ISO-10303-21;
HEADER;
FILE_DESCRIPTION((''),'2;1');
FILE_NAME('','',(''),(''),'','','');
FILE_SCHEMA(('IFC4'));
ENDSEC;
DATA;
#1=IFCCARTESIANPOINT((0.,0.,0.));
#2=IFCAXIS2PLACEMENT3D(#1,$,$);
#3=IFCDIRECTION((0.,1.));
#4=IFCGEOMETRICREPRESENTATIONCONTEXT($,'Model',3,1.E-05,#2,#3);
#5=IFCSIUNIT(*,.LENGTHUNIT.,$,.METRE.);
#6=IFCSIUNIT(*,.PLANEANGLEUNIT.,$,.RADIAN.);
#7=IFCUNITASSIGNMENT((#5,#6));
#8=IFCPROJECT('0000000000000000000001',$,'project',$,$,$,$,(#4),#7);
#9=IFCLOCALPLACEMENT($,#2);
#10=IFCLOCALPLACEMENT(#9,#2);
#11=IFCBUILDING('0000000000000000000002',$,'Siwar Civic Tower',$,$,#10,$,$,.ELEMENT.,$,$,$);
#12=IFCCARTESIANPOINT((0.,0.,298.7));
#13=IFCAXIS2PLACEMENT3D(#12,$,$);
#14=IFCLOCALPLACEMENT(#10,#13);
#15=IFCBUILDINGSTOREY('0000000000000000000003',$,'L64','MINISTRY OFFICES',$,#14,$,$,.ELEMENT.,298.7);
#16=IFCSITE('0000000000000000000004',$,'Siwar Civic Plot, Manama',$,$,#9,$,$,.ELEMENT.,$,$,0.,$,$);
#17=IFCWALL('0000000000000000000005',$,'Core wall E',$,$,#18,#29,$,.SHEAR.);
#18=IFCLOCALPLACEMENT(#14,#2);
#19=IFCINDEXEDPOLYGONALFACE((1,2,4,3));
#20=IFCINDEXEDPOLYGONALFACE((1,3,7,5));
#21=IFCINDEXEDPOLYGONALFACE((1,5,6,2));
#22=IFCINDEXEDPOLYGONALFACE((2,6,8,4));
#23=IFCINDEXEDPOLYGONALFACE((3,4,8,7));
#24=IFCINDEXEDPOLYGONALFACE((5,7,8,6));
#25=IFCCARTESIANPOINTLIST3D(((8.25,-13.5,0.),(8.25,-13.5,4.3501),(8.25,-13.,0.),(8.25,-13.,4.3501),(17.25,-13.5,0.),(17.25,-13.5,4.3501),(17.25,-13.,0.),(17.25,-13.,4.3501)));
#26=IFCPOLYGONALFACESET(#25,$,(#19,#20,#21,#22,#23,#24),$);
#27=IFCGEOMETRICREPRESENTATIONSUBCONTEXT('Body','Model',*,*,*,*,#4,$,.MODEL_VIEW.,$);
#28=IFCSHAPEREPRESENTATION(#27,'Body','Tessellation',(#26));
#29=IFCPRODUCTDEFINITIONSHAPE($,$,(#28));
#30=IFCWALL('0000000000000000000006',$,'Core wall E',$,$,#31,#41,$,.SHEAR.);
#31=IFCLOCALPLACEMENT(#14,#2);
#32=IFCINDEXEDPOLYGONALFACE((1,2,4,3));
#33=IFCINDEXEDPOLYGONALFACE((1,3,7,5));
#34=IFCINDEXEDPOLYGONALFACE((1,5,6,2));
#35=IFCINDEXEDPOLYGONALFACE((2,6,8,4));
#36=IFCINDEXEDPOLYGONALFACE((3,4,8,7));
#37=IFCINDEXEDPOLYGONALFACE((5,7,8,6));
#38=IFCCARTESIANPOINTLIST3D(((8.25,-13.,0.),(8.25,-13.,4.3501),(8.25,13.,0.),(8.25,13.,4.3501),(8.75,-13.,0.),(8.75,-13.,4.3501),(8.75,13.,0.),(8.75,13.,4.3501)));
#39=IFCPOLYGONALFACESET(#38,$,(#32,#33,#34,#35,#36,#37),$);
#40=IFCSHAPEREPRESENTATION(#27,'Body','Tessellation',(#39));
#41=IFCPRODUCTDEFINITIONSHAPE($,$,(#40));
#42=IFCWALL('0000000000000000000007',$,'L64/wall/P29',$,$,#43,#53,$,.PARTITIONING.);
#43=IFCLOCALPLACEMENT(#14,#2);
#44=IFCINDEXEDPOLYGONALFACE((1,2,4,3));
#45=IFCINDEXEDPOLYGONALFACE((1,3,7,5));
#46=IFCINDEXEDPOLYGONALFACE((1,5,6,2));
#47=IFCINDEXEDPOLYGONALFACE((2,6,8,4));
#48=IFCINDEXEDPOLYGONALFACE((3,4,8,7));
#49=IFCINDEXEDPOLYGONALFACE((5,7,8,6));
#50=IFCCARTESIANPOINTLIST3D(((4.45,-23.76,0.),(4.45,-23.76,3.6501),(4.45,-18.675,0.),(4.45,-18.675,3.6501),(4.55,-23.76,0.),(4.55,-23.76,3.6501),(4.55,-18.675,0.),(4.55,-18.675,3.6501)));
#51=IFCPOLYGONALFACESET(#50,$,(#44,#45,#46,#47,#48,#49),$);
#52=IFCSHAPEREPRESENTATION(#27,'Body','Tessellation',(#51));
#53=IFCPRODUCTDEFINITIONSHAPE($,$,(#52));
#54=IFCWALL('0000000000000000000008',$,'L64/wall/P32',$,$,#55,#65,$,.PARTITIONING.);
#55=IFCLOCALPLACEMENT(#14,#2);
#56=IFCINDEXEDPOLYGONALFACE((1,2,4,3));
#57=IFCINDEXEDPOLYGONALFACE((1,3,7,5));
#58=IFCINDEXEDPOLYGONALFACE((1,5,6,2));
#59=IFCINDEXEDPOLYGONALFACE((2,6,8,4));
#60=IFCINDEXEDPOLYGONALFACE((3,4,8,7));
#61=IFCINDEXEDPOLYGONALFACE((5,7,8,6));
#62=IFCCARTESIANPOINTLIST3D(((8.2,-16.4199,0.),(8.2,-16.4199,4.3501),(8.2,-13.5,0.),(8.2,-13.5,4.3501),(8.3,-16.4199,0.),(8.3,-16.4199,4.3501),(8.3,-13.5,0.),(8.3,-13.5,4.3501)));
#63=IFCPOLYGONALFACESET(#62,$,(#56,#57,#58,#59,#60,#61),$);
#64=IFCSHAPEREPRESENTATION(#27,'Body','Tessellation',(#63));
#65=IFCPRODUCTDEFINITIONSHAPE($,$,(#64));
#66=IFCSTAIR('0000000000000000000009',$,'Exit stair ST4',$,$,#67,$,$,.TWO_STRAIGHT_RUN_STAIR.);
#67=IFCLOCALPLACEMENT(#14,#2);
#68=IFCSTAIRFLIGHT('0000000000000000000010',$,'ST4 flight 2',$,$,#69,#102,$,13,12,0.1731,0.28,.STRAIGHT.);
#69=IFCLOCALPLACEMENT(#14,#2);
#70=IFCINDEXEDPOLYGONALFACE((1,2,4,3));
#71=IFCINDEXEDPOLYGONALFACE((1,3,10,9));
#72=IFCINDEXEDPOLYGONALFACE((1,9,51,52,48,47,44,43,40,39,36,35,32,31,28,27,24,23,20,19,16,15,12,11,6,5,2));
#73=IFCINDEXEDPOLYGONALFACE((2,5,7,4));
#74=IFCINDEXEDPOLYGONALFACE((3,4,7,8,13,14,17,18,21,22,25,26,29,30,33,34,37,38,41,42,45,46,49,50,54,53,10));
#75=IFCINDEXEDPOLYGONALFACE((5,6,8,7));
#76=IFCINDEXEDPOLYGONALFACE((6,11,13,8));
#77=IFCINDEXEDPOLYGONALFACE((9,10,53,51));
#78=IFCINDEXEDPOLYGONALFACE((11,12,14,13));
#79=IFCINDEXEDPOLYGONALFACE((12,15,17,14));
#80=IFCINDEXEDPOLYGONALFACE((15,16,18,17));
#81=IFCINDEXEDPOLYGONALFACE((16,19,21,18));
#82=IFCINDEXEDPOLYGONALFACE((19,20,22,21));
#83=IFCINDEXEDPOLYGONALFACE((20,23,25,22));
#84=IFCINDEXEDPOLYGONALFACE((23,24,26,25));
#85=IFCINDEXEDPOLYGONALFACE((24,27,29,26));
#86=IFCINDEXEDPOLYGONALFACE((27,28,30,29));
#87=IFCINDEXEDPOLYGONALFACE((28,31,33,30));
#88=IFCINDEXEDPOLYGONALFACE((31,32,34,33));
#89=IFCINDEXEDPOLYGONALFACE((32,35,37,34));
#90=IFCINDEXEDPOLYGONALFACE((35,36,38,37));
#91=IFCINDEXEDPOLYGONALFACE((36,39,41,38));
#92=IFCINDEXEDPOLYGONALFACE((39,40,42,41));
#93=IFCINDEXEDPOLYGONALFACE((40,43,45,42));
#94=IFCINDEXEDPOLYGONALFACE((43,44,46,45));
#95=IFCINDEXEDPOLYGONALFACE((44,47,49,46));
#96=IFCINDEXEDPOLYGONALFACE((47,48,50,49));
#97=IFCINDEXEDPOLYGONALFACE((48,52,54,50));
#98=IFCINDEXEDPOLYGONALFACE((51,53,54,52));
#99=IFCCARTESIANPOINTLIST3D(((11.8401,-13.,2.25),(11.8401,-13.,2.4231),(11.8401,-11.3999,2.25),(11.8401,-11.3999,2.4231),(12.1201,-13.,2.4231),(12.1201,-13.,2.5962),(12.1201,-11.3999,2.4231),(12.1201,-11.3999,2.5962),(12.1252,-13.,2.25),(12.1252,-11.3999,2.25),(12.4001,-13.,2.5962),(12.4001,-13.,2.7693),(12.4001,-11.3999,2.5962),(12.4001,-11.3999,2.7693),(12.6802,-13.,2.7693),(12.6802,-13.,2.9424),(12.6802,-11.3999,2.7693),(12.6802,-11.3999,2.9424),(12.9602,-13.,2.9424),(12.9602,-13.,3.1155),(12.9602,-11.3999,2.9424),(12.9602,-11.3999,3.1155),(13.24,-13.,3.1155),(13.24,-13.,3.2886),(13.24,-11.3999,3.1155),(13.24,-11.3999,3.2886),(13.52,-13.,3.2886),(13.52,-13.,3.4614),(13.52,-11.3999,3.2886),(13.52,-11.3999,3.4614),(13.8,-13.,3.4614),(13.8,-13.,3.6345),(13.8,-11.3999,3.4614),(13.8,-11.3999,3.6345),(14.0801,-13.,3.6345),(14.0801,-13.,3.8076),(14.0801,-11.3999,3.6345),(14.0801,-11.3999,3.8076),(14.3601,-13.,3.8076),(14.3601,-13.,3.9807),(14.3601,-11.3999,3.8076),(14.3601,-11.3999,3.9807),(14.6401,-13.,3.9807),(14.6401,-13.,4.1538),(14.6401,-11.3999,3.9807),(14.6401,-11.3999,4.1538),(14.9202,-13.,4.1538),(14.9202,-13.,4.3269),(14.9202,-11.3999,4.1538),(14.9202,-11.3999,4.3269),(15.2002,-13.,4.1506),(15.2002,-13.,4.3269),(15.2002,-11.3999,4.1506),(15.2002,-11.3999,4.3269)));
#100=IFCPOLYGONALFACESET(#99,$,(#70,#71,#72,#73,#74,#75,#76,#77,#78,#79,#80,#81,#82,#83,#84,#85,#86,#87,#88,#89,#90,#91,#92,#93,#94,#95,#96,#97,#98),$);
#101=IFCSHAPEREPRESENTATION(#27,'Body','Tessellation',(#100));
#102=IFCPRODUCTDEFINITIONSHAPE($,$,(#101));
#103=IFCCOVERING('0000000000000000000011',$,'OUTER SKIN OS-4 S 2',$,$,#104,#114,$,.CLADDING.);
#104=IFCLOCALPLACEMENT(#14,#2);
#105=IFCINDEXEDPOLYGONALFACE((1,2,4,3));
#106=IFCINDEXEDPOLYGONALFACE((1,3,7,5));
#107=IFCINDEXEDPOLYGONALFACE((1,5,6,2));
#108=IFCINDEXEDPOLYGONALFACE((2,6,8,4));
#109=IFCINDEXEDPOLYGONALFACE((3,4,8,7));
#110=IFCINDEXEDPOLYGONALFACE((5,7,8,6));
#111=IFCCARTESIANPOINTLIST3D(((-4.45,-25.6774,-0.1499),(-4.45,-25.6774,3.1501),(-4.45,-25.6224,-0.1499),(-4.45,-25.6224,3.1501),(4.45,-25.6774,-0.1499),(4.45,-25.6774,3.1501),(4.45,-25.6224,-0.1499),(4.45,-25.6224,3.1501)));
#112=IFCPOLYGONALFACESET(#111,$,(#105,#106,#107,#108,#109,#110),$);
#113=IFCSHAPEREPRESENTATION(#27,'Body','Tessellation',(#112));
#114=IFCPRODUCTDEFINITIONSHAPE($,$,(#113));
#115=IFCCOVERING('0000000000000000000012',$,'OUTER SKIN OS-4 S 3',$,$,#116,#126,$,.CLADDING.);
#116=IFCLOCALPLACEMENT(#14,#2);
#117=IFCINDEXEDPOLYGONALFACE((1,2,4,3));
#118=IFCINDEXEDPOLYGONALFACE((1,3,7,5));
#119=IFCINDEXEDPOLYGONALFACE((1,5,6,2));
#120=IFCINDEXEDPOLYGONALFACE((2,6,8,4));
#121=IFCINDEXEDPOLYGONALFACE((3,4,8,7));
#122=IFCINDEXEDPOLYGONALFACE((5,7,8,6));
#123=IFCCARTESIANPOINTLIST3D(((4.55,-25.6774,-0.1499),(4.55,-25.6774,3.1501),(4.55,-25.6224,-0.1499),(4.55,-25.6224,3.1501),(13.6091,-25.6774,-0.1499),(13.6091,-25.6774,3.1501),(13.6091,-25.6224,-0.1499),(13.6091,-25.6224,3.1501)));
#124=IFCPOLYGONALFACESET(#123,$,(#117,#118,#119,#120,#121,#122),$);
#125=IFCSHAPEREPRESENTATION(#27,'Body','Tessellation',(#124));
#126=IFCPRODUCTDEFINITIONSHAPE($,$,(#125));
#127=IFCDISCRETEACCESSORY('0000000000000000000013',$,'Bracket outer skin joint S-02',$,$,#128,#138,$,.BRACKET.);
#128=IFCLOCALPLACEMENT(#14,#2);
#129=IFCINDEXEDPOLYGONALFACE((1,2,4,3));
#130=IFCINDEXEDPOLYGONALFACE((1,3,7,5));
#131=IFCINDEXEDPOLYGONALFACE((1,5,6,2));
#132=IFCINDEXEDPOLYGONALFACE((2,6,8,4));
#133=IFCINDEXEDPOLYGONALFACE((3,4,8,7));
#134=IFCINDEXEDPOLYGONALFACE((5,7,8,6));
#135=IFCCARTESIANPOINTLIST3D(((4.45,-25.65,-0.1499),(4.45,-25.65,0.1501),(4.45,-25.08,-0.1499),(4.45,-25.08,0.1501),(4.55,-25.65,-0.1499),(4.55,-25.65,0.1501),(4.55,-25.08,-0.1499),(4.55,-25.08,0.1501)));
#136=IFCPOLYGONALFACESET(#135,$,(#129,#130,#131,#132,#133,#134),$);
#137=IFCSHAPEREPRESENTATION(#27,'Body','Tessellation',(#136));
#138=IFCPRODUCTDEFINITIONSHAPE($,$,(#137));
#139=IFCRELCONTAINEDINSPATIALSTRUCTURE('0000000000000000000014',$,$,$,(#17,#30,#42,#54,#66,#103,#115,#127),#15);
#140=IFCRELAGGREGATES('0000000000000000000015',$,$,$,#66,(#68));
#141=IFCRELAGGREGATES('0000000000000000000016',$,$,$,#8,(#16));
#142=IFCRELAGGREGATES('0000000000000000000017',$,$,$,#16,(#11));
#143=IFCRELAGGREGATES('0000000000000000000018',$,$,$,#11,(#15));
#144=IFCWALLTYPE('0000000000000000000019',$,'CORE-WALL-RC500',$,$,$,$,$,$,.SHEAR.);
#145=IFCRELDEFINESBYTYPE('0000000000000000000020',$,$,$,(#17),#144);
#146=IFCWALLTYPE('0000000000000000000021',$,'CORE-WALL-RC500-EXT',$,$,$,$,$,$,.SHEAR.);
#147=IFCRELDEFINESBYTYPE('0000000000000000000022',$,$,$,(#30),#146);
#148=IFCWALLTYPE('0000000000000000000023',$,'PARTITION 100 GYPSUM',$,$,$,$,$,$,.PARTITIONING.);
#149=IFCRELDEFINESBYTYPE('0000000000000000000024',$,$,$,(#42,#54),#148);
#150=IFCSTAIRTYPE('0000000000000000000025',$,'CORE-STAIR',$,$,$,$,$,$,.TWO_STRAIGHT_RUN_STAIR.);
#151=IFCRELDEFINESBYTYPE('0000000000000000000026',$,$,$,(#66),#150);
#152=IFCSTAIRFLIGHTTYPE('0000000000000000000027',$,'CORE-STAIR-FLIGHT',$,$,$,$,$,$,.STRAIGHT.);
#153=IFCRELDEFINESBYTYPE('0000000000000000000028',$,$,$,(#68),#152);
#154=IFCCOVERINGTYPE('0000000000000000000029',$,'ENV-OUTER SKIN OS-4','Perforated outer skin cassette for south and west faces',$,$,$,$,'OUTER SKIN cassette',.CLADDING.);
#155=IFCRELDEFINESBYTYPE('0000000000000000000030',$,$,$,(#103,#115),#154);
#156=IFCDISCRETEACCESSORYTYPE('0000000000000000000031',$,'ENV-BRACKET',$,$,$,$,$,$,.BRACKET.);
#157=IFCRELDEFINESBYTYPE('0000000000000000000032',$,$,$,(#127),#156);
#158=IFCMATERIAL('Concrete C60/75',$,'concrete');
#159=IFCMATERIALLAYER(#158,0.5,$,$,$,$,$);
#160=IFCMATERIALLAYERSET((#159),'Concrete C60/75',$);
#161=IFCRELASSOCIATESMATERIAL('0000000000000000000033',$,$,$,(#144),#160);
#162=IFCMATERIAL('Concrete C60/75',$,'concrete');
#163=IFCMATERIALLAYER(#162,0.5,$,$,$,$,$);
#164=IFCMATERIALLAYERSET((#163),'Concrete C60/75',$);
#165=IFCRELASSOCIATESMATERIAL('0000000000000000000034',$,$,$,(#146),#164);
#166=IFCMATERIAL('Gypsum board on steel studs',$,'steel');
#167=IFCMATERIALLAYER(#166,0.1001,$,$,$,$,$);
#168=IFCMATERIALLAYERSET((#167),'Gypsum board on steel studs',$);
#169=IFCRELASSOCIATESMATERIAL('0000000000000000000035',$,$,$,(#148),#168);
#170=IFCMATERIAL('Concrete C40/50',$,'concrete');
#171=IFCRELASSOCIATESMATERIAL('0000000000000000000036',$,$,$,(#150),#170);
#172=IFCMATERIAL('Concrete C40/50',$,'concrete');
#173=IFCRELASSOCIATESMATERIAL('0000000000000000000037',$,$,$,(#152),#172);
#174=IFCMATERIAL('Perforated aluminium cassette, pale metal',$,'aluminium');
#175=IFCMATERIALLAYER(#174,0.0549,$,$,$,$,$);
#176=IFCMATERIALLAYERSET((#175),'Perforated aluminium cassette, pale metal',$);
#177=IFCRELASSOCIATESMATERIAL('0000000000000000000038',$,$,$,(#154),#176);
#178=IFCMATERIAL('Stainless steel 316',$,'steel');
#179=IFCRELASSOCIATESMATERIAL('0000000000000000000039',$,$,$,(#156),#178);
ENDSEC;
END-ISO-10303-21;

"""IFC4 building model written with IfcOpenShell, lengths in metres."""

from ifc_helpers import new_model, si_unit, direction, frame, frame_2d, origin, origin_2d, place, context, subcontext, project, spatial, polyline, rectangle, outline, extrude, material, layer, layer_set, type_object, element, aggregate, save


model = new_model("IFC4")

# Units and contexts
model_context = context("Model", 3, precision=1e-05, world=origin(), true_north=direction((0.0, 1.0)))
body_context = subcontext(model_context, "Body", "Model", "MODEL_VIEW")
ifc_project = project(units=[si_unit("LENGTHUNIT", "METRE"), si_unit("PLANEANGLEUNIT", "RADIAN")], contexts=[model_context])

# Site, building, storey
site_placement = place(None, origin())
site = spatial("IfcSite", under=ifc_project, at=site_placement, Name="Siwar Civic Plot, Manama", CompositionType="ELEMENT", RefElevation=0.0)
building_placement = place(site_placement, origin())
building = spatial("IfcBuilding", under=site, at=building_placement, Name="Siwar Civic Tower", CompositionType="ELEMENT")
storey_placement = place(building_placement, frame((0.0, 0.0, 298.7)))
storey = spatial("IfcBuildingStorey", under=building, at=storey_placement, Name="L64", Description="MINISTRY OFFICES", CompositionType="ELEMENT", Elevation=298.7)

# Walls
ifc_material_1 = material(Name="Concrete C60/75", Category="concrete")
ifc_layer_1 = layer(ifc_material_1, 0.5)
ifc_layer_set_1 = layer_set([ifc_layer_1], Name="Concrete C60/75")
wall_type_1 = type_object("IfcWallType", Name="CORE-WALL-RC500", PredefinedType="SHEAR", material=ifc_layer_set_1)
wall_1_placement = place(storey_placement, frame((8.25, -13.25, 0.0), z_axis=(0.0, 0.0, 1.0), x_axis=(1.0, 0.0, 0.0)))
element("IfcWall", 1, at=wall_1_placement, inside=storey, type_object=wall_type_1, Name="Core wall E", PredefinedType="SHEAR", context=body_context, shape_type="SweptSolid", body=[
    extrude(rectangle(XDim=9.0, YDim=0.5, at=frame_2d((4.5, 0.0))), origin(), (0.0, 0.0, 1.0), 4.3501),
])
ifc_material_2 = material(Name="Concrete C60/75", Category="concrete")
ifc_layer_2 = layer(ifc_material_2, 0.5)
ifc_layer_set_2 = layer_set([ifc_layer_2], Name="Concrete C60/75")
wall_type_2 = type_object("IfcWallType", Name="CORE-WALL-RC500-EXT", PredefinedType="SHEAR", material=ifc_layer_set_2)
wall_2_placement = place(storey_placement, frame((8.5, -13.0, 0.0), z_axis=(0.0, 0.0, 1.0), x_axis=(0.0, 1.0, 0.0)))
element("IfcWall", 2, at=wall_2_placement, inside=storey, type_object=wall_type_2, Name="Core wall E", PredefinedType="SHEAR", context=body_context, shape_type="SweptSolid", body=[
    extrude(rectangle(XDim=26.0, YDim=0.5, at=frame_2d((13.0, 0.0))), origin(), (0.0, 0.0, 1.0), 4.3501),
])
ifc_material_3 = material(Name="Gypsum board on steel studs", Category="steel")
ifc_layer_3 = layer(ifc_material_3, 0.1001)
ifc_layer_set_3 = layer_set([ifc_layer_3], Name="Gypsum board on steel studs")
wall_type_3 = type_object("IfcWallType", Name="PARTITION 100 GYPSUM", PredefinedType="PARTITIONING", material=ifc_layer_set_3)
wall_3_placement = place(storey_placement, frame((4.5, -23.76, 0.0), z_axis=(0.0, 0.0, 1.0), x_axis=(0.0, 1.0, 0.0)))
element("IfcWall", 3, at=wall_3_placement, inside=storey, type_object=wall_type_3, Name="L64/wall/P29", PredefinedType="PARTITIONING", context=body_context, shape_type="SweptSolid", body=[
    extrude(rectangle(XDim=5.085, YDim=0.1001, at=frame_2d((2.5425, 0.0))), origin(), (0.0, 0.0, 1.0), 3.6501),
])
wall_4_placement = place(storey_placement, frame((8.25, -16.4199, 0.0), z_axis=(0.0, 0.0, 1.0), x_axis=(0.0, 1.0, 0.0)))
element("IfcWall", 4, at=wall_4_placement, inside=storey, type_object=wall_type_3, Name="L64/wall/P32", PredefinedType="PARTITIONING", context=body_context, shape_type="SweptSolid", body=[
    extrude(rectangle(XDim=2.9199, YDim=0.1001, at=frame_2d((1.46, 0.0))), origin(), (0.0, 0.0, 1.0), 4.3501),
])

# Stair, stair flight
ifc_material_4 = material(Name="Concrete C40/50", Category="concrete")
stair_type = type_object("IfcStairType", Name="CORE-STAIR", PredefinedType="TWO_STRAIGHT_RUN_STAIR", material=ifc_material_4)
stair_placement = place(storey_placement, origin())
stair = element("IfcStair", 5, at=stair_placement, inside=storey, type_object=stair_type, Name="Exit stair ST4", PredefinedType="TWO_STRAIGHT_RUN_STAIR")
ifc_material_5 = material(Name="Concrete C40/50", Category="concrete")
stair_flight_type = type_object("IfcStairFlightType", Name="CORE-STAIR-FLIGHT", PredefinedType="STRAIGHT", material=ifc_material_5)
stair_flight_placement = place(storey_placement, frame((11.8401, -12.2, 2.25), z_axis=(0.0, 0.0, 1.0), x_axis=(1.0, 0.0, 0.0)))
stair_flight = element("IfcStairFlight", 6, at=stair_flight_placement, type_object=stair_flight_type, Name="ST4 flight 2", NumberOfRisers=13, NumberOfTreads=12, PredefinedType="STRAIGHT", RiserHeight=0.1731, TreadLength=0.28, context=body_context, shape_type="SweptSolid", body=[
    extrude(outline(polyline([(0.0, 0.0), (0.0, 0.1731), (0.28, 0.1731), (0.28, 0.3462), (0.5601, 0.3462), (0.5601, 0.5193), (0.8401, 0.5193), (0.8401, 0.6924), (1.1201, 0.6924), (1.1201, 0.8655), (1.3999, 0.8655), (1.3999, 1.0386), (1.6799, 1.0386), (1.6799, 1.2114), (1.96, 1.2114), (1.96, 1.3845), (2.24, 1.3845), (2.24, 1.5576), (2.52, 1.5576), (2.52, 1.7307), (2.8, 1.7307), (2.8, 1.9038), (3.0801, 1.9038), (3.0801, 2.0769), (3.3601, 2.0769), (3.3601, 2.25), (3.3601, 1.9006), (0.2852, 0.0), (0.0, 0.0)])), frame((0.0, 0.8, 0.0), z_axis=(0.0, -1.0, 0.0), x_axis=(1.0, 0.0, 0.0)), (0.0, 0.0, 1.0), 1.6001),
])
aggregate(stair, [stair_flight])

# Coverings
ifc_material_6 = material(Name="Perforated aluminium cassette, pale metal", Category="aluminium")
ifc_layer_4 = layer(ifc_material_6, 0.0549)
ifc_layer_set_4 = layer_set([ifc_layer_4], Name="Perforated aluminium cassette, pale metal")
covering_type = type_object("IfcCoveringType", Name="ENV-OUTER SKIN OS-4", Description="Perforated outer skin cassette for south and west faces", ElementType="OUTER SKIN cassette", PredefinedType="CLADDING", material=ifc_layer_set_4)
covering_1_placement = place(storey_placement, frame((0.0, -25.6499, -0.1499), z_axis=(0.0, 0.0, 1.0), x_axis=(1.0, 0.0, 0.0)))
element("IfcCovering", 7, at=covering_1_placement, inside=storey, type_object=covering_type, Name="OUTER SKIN OS-4 S 2", PredefinedType="CLADDING", context=body_context, shape_type="SweptSolid", body=[
    extrude(rectangle(XDim=8.8999, YDim=0.0549, at=origin_2d()), origin(), (0.0, 0.0, 1.0), 3.3),
])
covering_2_placement = place(storey_placement, frame((9.0796, -25.6499, -0.1499), z_axis=(0.0, 0.0, 1.0), x_axis=(1.0, 0.0, 0.0)))
element("IfcCovering", 8, at=covering_2_placement, inside=storey, type_object=covering_type, Name="OUTER SKIN OS-4 S 3", PredefinedType="CLADDING", context=body_context, shape_type="SweptSolid", body=[
    extrude(rectangle(XDim=9.0591, YDim=0.0549, at=origin_2d()), origin(), (0.0, 0.0, 1.0), 3.3),
])

# Discrete accessory
ifc_material_7 = material(Name="Stainless steel 316", Category="steel")
discrete_accessory_type = type_object("IfcDiscreteAccessoryType", Name="ENV-BRACKET", PredefinedType="BRACKET", material=ifc_material_7)
discrete_accessory_placement = place(storey_placement, frame((4.5, -25.365, -0.1499), z_axis=(0.0, 0.0, 1.0), x_axis=(0.0, -1.0, 0.0)))
element("IfcDiscreteAccessory", 9, at=discrete_accessory_placement, inside=storey, type_object=discrete_accessory_type, Name="Bracket outer skin joint S-02", PredefinedType="BRACKET", context=body_context, shape_type="SweptSolid", body=[
    extrude(rectangle(XDim=0.5701, YDim=0.1001, at=origin_2d()), origin(), (0.0, 0.0, 1.0), 0.3),
])

save(model, "model.ifc")
